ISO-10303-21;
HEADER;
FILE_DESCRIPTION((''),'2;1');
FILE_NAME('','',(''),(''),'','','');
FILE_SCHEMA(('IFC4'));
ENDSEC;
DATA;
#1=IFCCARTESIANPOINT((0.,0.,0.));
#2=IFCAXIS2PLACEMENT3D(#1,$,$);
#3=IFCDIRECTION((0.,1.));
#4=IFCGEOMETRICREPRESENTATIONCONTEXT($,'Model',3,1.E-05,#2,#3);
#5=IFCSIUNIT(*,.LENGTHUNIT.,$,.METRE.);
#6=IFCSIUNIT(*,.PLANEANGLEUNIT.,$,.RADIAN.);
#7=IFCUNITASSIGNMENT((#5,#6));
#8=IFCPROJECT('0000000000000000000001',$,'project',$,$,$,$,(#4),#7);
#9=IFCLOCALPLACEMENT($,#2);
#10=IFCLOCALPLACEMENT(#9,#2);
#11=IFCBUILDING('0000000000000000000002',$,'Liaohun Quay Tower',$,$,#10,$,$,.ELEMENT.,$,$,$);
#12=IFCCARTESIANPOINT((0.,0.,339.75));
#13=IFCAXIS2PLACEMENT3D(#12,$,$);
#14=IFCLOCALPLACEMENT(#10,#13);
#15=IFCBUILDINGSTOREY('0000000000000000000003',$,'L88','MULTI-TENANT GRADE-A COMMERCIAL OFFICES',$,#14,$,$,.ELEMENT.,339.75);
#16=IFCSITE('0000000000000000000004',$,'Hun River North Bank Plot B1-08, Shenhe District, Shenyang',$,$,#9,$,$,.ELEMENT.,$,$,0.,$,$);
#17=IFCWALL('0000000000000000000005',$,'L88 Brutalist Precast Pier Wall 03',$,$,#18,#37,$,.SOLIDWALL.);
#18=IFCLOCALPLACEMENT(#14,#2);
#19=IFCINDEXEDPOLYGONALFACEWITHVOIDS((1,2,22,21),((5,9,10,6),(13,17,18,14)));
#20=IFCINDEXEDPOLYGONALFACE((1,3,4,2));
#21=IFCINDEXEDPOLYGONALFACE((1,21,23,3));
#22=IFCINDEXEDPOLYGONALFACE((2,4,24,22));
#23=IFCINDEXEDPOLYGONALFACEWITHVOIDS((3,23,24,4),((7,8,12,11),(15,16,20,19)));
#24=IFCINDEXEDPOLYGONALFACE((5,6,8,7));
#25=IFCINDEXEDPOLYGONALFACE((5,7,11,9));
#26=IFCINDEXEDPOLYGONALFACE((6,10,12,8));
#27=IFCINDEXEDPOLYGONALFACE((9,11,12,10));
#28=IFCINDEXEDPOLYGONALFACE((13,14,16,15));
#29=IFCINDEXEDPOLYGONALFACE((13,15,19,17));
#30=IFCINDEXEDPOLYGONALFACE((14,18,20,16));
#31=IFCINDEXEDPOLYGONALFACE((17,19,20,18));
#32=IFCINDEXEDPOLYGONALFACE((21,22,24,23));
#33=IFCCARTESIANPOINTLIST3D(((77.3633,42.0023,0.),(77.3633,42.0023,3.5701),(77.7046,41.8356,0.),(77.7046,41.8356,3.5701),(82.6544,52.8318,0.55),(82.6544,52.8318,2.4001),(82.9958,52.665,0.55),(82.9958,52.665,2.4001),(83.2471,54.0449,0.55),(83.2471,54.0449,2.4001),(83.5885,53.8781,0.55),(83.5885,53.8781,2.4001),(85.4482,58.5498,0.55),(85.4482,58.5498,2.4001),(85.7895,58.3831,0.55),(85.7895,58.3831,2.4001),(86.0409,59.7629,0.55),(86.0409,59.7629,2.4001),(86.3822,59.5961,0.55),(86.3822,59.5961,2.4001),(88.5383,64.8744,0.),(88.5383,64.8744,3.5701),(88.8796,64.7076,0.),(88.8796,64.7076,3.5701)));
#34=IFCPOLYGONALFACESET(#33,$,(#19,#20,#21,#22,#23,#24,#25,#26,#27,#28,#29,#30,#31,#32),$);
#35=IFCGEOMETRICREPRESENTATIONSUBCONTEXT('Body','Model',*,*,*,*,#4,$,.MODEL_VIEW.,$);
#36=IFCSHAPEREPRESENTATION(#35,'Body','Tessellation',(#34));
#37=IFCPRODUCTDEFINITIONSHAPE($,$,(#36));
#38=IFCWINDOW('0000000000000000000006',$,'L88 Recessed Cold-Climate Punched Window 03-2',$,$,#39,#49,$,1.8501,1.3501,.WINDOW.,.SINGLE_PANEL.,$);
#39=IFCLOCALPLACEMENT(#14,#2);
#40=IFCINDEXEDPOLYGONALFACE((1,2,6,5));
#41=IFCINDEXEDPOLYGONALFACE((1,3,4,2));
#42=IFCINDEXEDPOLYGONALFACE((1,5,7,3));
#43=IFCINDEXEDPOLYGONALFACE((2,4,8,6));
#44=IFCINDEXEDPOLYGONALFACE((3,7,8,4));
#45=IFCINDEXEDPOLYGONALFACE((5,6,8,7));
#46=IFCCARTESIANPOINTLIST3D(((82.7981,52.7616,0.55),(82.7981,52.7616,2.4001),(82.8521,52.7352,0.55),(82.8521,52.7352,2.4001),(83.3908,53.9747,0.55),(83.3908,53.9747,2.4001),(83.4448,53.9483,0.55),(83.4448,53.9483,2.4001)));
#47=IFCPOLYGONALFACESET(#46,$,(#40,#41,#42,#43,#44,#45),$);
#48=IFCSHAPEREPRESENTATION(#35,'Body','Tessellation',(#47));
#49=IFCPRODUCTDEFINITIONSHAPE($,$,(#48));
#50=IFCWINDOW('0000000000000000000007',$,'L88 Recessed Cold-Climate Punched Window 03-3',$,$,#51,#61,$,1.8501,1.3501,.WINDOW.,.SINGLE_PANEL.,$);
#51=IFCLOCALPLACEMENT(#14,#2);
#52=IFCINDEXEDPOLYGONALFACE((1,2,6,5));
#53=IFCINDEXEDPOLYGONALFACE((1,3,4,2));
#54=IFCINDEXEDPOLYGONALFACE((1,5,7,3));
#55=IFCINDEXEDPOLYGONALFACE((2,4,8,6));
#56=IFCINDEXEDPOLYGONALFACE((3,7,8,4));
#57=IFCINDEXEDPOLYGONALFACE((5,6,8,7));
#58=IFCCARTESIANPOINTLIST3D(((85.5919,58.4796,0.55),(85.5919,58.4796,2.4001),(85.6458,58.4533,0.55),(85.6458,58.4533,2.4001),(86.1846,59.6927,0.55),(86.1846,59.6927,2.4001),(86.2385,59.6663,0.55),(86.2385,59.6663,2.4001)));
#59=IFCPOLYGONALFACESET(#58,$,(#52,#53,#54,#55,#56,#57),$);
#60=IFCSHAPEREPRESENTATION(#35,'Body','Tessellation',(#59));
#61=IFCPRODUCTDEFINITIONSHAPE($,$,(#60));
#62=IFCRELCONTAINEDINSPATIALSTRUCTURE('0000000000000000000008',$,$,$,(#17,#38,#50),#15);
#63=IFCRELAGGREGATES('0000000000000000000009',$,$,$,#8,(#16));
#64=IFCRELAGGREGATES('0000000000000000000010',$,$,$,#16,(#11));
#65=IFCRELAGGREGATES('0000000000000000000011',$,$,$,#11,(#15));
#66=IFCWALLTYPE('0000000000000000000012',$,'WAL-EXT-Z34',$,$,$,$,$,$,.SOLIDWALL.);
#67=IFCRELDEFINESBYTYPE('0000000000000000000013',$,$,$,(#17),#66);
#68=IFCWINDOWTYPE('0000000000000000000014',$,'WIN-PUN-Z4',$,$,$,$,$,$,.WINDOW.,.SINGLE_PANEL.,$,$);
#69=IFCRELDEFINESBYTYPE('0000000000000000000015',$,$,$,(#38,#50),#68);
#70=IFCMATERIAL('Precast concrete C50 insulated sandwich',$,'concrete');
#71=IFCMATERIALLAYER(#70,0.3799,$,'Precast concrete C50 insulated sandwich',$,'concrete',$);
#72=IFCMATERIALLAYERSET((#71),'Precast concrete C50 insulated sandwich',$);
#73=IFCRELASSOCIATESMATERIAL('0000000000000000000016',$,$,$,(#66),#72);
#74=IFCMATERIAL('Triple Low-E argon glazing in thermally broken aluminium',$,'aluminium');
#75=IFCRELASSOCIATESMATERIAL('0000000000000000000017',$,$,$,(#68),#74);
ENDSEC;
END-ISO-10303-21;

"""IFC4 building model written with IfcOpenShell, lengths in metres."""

from ifc_helpers import new_model, si_unit, direction, frame, frame_2d, origin, place, context, subcontext, project, spatial, rectangle, extrude, source, transform, mapped, material, layer, layer_set, type_object, element, fill, save


model = new_model("IFC4")

# Units and contexts
model_context = context("Model", 3, precision=1e-05, world=origin(), true_north=direction((0.0, 1.0)))
body_context = subcontext(model_context, "Body", "Model", "MODEL_VIEW")
ifc_project = project(units=[si_unit("LENGTHUNIT", "METRE"), si_unit("PLANEANGLEUNIT", "RADIAN")], contexts=[model_context])

# Site, building, storey
site_placement = place(None, origin())
site = spatial("IfcSite", under=ifc_project, at=site_placement, Name="Hun River North Bank Plot B1-08, Shenhe District, Shenyang", CompositionType="ELEMENT", RefElevation=0.0)
building_placement = place(site_placement, origin())
building = spatial("IfcBuilding", under=site, at=building_placement, Name="Liaohun Quay Tower", CompositionType="ELEMENT")
storey_placement = place(building_placement, frame((0.0, 0.0, 339.75)))
storey = spatial("IfcBuildingStorey", under=building, at=storey_placement, Name="L88", Description="MULTI-TENANT GRADE-A COMMERCIAL OFFICES", CompositionType="ELEMENT", Elevation=339.75)

# Shared definitions
ifc_material_1 = material(Name="Precast concrete C50 insulated sandwich", Category="concrete")
ifc_layer_1 = layer(ifc_material_1, 0.3799, Name="Precast concrete C50 insulated sandwich", Category="concrete")
ifc_layer_set_1 = layer_set([ifc_layer_1], Name="Precast concrete C50 insulated sandwich")
wall_type_1 = type_object("IfcWallType", Name="WAL-EXT-Z34", PredefinedType="SOLIDWALL", material=ifc_layer_set_1)

# Wall, openings, windows
shared_shape_1 = source(origin(), body_context, "Body", "SweptSolid", [
    extrude(rectangle(XDim=1.3501, YDim=1.8501, at=frame_2d((0.675, 0.925))), frame((0.0, 0.2, 0.0), z_axis=(0.0, -1.0, 0.0), x_axis=(1.0, 0.0, 0.0)), (0.0, 0.0, 1.0), 0.3999),
])
ifc_material_2 = material(Name="Triple Low-E argon glazing in thermally broken aluminium", Category="aluminium")
window_type_1 = type_object("IfcWindowType", Name="WIN-PUN-Z4", PartitioningType="SINGLE_PANEL", PredefinedType="WINDOW", material=ifc_material_2)
shared_shape_2 = source(origin(), body_context, "Body", "SweptSolid", [
    extrude(rectangle(XDim=1.3501, YDim=1.8501, at=frame_2d((0.675, 0.925))), frame((0.0, 0.03, 0.0), z_axis=(0.0, -1.0, 0.0), x_axis=(1.0, 0.0, 0.0)), (0.0, 0.0, 1.0), 0.0601),
])
wall_1_placement = place(storey_placement, frame((77.5339, 41.9189, 0.0), z_axis=(0.0, 0.0, 1.0), x_axis=(0.438993, 0.898491, 0.0)))
wall_1 = element("IfcWall", 1, at=wall_1_placement, inside=storey, type_object=wall_type_1, Name="L88 Brutalist Precast Pier Wall 03", PredefinedType="SOLIDWALL", context=body_context, shape_type="SweptSolid", body=[
    extrude(rectangle(XDim=25.4561, YDim=0.3799, at=frame_2d((12.728, 0.0))), origin(), (0.0, 0.0, 1.0), 3.5701),
])
opening_1_placement = place(wall_1_placement, frame((12.053, 0.0, 0.55)))
opening_1 = element("IfcOpeningElement", 2, at=opening_1_placement, cuts=wall_1, PredefinedType="OPENING", context=body_context, shape_type="MappedRepresentation", body=[
    mapped(shared_shape_1, transform((0.0, 0.0, 0.0), x_axis=(1.0, 0.0, 0.0), y_axis=(0.0, 1.0, 0.0), z_axis=(0.0, 0.0, 1.0), scale=1.0)),
])
opening_2_placement = place(wall_1_placement, frame((18.417, 0.0, 0.55)))
opening_2 = element("IfcOpeningElement", 3, at=opening_2_placement, cuts=wall_1, PredefinedType="OPENING", context=body_context, shape_type="MappedRepresentation", body=[
    mapped(shared_shape_1, transform((0.0, 0.0, 0.0), x_axis=(1.0, 0.0, 0.0), y_axis=(0.0, 1.0, 0.0), z_axis=(0.0, 0.0, 1.0), scale=1.0)),
])
window_1_placement = place(opening_1_placement, origin())
window_1 = element("IfcWindow", 4, at=window_1_placement, inside=storey, type_object=window_type_1, Name="L88 Recessed Cold-Climate Punched Window 03-2", OverallHeight=1.8501, OverallWidth=1.3501, PartitioningType="SINGLE_PANEL", PredefinedType="WINDOW", context=body_context, shape_type="MappedRepresentation", body=[
    mapped(shared_shape_2, transform((0.0, 0.0, 0.0), x_axis=(1.0, 0.0, 0.0), y_axis=(0.0, 1.0, 0.0), z_axis=(0.0, 0.0, 1.0), scale=1.0)),
])
fill(opening_1, window_1)
window_2_placement = place(opening_2_placement, origin())
window_2 = element("IfcWindow", 5, at=window_2_placement, inside=storey, type_object=window_type_1, Name="L88 Recessed Cold-Climate Punched Window 03-3", OverallHeight=1.8501, OverallWidth=1.3501, PartitioningType="SINGLE_PANEL", PredefinedType="WINDOW", context=body_context, shape_type="MappedRepresentation", body=[
    mapped(shared_shape_2, transform((0.0, 0.0, 0.0), x_axis=(1.0, 0.0, 0.0), y_axis=(0.0, 1.0, 0.0), z_axis=(0.0, 0.0, 1.0), scale=1.0)),
])
fill(opening_2, window_2)

save(model, "model.ifc")
